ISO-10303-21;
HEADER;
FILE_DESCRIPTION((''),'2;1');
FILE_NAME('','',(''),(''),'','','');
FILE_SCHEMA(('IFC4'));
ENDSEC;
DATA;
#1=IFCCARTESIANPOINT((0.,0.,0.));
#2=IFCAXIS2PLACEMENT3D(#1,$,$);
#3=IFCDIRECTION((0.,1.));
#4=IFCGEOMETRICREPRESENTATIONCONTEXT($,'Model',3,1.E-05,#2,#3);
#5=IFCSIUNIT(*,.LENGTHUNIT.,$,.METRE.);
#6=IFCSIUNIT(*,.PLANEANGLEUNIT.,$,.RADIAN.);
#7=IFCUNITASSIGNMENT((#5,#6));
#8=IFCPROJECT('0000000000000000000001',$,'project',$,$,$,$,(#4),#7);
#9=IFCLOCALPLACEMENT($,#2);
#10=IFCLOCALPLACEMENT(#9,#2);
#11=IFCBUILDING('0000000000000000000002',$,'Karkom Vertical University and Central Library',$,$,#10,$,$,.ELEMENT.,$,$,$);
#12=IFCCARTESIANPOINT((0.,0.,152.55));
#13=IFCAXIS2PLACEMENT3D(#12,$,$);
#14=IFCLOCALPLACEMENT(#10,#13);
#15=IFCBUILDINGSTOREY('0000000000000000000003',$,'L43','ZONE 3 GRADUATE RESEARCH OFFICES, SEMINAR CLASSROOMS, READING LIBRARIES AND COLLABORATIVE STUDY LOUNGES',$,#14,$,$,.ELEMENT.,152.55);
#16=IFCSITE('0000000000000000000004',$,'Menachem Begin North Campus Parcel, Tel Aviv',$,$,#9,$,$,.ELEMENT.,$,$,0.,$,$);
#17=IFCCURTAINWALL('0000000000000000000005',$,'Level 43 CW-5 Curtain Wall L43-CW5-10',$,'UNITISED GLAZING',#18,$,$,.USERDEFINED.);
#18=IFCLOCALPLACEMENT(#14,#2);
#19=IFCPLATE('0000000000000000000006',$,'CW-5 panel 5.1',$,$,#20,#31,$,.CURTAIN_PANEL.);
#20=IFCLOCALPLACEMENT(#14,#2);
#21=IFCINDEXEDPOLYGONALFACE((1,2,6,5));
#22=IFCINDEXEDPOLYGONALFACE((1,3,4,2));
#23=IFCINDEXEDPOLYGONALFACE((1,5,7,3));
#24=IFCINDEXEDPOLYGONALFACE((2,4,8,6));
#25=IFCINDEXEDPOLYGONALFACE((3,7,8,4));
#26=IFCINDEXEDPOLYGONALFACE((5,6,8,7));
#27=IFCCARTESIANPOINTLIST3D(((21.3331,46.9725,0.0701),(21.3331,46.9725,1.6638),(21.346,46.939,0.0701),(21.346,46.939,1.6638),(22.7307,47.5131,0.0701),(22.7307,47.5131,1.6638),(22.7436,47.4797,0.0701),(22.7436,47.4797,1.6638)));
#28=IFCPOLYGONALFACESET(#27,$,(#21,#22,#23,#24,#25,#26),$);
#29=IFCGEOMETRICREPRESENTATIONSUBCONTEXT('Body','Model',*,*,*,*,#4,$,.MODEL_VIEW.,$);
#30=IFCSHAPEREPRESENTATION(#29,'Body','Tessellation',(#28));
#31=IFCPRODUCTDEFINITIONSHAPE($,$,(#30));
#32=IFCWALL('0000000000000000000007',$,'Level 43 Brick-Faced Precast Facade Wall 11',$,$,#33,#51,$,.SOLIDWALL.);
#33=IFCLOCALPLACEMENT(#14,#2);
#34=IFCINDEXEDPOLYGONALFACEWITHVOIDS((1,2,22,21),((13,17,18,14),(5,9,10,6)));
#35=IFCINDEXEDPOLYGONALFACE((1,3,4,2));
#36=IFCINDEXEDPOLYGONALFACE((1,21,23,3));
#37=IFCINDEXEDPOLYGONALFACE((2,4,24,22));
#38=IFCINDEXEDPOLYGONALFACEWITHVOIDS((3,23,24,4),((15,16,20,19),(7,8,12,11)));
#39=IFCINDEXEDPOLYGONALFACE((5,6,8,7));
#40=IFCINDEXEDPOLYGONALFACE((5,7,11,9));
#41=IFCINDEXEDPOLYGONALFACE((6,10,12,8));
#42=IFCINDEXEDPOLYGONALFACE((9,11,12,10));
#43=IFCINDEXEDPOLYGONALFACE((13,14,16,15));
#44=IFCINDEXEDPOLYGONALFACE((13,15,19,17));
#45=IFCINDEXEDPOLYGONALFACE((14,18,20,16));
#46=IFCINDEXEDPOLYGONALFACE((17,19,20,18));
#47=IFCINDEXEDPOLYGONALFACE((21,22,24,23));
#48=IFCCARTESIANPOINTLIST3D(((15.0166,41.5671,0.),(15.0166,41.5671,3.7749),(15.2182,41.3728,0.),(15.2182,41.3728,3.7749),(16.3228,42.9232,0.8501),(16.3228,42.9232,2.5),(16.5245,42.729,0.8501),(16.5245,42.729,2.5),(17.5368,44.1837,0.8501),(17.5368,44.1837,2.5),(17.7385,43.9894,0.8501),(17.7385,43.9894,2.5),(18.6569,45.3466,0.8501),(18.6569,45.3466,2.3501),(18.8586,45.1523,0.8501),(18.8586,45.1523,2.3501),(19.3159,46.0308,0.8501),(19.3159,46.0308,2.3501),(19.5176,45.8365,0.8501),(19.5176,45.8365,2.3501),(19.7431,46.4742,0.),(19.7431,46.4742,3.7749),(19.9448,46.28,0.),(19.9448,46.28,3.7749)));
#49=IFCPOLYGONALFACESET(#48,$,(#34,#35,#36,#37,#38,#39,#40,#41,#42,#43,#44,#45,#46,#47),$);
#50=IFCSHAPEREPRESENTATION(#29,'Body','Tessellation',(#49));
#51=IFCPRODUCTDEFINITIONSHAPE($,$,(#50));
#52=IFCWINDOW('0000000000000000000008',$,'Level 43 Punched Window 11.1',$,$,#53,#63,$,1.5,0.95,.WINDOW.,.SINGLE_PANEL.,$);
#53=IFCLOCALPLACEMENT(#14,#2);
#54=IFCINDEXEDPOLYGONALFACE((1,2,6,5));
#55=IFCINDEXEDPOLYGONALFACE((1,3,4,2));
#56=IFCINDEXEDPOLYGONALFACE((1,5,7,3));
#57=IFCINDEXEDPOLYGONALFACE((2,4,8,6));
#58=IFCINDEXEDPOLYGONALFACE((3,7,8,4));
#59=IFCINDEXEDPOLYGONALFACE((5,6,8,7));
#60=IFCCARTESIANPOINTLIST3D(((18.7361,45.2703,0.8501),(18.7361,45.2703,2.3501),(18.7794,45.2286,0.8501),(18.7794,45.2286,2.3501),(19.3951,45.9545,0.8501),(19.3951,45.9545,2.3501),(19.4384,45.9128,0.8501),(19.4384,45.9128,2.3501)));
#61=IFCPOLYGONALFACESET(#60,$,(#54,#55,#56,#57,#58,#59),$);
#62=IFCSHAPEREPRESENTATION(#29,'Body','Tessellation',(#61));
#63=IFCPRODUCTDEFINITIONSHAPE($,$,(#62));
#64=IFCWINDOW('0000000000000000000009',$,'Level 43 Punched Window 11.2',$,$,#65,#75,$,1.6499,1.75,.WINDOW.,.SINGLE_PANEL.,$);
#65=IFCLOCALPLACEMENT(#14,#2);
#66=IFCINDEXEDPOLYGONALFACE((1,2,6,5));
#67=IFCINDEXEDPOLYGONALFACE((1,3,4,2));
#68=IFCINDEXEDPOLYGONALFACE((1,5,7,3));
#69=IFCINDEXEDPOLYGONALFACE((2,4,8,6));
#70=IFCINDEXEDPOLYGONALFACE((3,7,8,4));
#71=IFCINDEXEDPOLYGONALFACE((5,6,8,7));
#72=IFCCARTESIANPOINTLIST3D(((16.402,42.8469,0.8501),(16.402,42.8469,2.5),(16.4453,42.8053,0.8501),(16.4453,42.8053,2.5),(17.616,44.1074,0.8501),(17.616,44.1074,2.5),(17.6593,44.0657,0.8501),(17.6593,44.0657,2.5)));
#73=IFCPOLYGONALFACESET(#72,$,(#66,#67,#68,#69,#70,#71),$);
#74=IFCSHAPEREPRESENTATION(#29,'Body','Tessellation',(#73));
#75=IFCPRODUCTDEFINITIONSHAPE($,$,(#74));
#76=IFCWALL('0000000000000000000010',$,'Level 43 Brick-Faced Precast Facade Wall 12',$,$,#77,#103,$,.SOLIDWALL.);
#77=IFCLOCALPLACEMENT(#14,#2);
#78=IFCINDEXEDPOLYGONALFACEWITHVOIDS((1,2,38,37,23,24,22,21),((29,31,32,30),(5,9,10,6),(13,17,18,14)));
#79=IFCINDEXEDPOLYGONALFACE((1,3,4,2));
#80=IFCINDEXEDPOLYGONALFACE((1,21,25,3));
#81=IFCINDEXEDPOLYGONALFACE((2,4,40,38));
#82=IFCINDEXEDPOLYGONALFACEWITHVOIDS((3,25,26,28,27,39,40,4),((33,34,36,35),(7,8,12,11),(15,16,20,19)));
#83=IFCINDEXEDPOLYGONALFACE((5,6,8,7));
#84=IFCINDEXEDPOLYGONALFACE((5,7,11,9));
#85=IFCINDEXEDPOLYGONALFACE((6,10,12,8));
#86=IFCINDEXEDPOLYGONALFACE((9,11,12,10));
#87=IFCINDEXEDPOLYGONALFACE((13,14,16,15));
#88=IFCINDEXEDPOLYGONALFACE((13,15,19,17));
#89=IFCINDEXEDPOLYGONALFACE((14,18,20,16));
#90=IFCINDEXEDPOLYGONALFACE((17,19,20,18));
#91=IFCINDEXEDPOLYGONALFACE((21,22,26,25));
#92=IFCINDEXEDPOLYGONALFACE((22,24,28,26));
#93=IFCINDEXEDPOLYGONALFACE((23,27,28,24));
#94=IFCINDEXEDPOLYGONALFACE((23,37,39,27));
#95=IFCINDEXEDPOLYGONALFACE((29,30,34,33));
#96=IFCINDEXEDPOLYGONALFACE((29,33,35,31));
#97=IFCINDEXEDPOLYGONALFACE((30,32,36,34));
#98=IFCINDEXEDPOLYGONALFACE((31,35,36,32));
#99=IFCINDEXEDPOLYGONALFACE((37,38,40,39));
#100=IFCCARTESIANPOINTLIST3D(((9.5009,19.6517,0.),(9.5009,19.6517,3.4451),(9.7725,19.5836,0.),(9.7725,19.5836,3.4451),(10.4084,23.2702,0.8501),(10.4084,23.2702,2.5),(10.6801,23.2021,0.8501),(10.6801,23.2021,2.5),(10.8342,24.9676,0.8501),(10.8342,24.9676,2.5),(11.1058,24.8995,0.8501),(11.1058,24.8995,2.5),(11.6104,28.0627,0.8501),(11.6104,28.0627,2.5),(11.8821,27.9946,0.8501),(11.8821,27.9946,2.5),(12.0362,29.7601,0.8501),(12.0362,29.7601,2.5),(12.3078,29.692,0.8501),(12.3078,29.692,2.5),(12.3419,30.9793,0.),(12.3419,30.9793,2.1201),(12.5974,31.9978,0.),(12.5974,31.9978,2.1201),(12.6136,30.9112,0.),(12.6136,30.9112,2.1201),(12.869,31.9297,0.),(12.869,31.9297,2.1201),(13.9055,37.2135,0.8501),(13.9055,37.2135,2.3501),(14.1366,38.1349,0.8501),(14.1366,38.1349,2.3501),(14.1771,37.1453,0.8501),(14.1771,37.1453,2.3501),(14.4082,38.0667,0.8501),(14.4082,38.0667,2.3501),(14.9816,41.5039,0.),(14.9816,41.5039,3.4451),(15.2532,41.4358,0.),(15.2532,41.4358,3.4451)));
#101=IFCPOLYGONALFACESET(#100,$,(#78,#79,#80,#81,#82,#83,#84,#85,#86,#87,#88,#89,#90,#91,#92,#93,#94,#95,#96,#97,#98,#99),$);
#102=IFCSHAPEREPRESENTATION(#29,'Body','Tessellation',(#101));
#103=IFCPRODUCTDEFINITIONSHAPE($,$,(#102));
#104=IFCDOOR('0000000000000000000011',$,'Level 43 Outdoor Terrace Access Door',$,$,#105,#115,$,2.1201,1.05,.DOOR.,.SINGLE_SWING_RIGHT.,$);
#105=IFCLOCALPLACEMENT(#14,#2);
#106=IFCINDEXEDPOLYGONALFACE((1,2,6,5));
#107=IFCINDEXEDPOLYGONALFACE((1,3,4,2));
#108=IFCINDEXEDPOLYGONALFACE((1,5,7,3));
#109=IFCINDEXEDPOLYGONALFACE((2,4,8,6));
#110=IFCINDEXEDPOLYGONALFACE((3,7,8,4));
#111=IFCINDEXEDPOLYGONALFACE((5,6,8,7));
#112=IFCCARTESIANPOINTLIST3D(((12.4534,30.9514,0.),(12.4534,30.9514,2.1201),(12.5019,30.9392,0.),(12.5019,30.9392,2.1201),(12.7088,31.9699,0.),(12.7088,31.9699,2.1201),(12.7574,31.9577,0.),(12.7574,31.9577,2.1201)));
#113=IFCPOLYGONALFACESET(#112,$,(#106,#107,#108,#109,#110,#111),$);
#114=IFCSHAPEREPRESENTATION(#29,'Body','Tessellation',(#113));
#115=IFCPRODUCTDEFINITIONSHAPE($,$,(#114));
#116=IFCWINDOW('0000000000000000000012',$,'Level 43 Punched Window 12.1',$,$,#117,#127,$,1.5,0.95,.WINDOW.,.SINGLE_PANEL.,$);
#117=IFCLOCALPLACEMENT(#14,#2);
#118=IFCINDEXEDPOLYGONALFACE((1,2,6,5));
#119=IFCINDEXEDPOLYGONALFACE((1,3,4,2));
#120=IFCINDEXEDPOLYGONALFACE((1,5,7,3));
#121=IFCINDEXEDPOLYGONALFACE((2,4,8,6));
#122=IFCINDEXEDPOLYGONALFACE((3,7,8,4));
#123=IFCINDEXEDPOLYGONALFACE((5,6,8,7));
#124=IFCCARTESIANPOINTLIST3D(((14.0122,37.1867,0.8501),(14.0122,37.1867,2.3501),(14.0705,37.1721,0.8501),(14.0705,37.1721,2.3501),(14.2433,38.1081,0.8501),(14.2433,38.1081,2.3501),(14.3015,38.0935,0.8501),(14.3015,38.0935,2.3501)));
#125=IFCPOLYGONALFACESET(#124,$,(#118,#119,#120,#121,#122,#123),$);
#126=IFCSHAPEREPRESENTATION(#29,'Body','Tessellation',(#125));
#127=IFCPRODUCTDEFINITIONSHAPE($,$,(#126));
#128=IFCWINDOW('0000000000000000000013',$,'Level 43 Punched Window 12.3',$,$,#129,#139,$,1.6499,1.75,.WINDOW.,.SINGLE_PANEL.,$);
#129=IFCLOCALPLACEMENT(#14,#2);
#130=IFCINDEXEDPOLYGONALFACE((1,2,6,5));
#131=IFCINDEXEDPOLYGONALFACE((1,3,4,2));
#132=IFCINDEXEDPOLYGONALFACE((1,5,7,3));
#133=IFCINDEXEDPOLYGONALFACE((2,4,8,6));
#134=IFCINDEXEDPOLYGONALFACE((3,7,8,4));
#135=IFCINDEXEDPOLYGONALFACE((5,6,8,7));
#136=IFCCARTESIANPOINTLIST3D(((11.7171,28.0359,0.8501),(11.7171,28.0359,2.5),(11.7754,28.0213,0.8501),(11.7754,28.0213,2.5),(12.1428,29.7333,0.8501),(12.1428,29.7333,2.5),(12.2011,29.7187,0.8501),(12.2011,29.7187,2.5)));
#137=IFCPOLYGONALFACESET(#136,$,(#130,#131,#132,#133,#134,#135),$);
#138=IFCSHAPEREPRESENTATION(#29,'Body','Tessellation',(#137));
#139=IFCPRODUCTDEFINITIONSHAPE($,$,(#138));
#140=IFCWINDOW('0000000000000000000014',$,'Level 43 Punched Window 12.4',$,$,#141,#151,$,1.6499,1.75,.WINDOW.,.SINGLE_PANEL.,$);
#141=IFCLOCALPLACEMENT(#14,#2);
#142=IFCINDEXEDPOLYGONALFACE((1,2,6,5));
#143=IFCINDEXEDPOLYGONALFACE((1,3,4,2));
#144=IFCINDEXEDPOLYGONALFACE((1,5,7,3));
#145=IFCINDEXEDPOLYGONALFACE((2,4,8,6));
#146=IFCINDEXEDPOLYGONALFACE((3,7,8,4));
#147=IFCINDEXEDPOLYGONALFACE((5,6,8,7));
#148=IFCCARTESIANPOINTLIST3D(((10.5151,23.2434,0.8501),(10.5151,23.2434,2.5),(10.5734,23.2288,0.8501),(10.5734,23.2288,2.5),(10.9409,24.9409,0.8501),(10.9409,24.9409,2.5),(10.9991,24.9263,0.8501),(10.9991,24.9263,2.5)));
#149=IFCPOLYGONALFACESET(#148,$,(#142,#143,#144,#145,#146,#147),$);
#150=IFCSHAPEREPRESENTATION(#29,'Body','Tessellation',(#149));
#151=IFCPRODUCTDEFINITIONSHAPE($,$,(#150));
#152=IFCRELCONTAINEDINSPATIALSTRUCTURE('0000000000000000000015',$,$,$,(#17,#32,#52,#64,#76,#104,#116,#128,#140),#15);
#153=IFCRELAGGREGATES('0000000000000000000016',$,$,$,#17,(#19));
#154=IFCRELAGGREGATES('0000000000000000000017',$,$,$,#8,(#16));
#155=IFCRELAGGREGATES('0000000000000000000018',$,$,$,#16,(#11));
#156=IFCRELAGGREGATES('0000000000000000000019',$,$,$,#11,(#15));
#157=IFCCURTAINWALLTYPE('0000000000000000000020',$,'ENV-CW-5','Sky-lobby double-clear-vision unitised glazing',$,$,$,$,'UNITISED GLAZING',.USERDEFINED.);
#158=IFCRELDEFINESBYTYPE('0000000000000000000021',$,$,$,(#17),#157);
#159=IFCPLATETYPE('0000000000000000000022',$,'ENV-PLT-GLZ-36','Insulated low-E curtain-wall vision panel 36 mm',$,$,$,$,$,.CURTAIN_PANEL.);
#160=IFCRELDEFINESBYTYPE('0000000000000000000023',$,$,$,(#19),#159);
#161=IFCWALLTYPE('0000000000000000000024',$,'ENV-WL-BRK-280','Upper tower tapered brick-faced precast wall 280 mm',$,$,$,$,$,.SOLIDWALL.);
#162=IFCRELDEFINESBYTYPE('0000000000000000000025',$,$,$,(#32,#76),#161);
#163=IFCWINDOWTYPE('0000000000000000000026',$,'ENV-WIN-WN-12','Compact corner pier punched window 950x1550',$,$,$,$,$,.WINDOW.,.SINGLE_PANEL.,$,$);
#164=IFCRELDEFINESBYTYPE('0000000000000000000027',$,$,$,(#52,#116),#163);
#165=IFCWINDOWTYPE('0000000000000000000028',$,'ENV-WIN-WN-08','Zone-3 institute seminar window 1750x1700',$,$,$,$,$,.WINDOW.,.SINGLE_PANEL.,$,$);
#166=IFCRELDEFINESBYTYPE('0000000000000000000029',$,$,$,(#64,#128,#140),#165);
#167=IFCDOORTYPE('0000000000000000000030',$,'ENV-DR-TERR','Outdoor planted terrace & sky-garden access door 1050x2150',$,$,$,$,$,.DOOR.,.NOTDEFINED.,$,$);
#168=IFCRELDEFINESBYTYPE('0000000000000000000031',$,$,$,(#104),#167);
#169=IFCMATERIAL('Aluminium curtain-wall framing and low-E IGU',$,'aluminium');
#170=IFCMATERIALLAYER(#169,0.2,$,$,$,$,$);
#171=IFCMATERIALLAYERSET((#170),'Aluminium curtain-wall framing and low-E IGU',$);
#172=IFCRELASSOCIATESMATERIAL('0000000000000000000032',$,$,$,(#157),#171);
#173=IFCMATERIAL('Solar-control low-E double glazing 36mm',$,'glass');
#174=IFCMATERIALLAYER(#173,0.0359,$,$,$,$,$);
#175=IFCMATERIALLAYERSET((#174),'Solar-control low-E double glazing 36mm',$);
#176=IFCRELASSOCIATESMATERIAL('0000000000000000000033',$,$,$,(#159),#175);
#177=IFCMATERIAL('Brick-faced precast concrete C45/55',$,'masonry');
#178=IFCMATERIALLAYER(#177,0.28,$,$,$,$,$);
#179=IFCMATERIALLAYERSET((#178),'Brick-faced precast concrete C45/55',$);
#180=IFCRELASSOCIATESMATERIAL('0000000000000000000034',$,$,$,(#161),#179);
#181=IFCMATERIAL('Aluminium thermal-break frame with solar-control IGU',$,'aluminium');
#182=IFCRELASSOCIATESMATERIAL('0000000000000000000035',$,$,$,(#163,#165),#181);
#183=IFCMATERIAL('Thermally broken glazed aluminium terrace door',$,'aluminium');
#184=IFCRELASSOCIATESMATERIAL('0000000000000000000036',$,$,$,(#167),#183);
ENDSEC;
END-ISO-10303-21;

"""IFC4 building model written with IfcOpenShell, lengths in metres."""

from ifc_helpers import new_model, si_unit, direction, frame, frame_2d, origin, origin_with_axes, origin_2d, place, context, subcontext, project, spatial, rectangle, extrude, source, transform, mapped, material, layer, layer_set, type_object, element, fill, aggregate, save


model = new_model("IFC4")

# Units and contexts
model_context = context("Model", 3, precision=1e-05, world=origin(), true_north=direction((0.0, 1.0)))
body_context = subcontext(model_context, "Body", "Model", "MODEL_VIEW")
ifc_project = project(units=[si_unit("LENGTHUNIT", "METRE"), si_unit("PLANEANGLEUNIT", "RADIAN")], contexts=[model_context])

# Site, building, storey
site_placement = place(None, origin())
site = spatial("IfcSite", under=ifc_project, at=site_placement, Name="Menachem Begin North Campus Parcel, Tel Aviv", CompositionType="ELEMENT", RefElevation=0.0)
building_placement = place(site_placement, origin())
building = spatial("IfcBuilding", under=site, at=building_placement, Name="Karkom Vertical University and Central Library", CompositionType="ELEMENT")
storey_placement = place(building_placement, frame((0.0, 0.0, 152.55)))
storey = spatial("IfcBuildingStorey", under=building, at=storey_placement, Name="L43", Description="ZONE 3 GRADUATE RESEARCH OFFICES, SEMINAR CLASSROOMS, READING LIBRARIES AND COLLABORATIVE STUDY LOUNGES", CompositionType="ELEMENT", Elevation=152.55)

# Curtain wall
ifc_material_1 = material(Name="Aluminium curtain-wall framing and low-E IGU", Category="aluminium")
ifc_layer_1 = layer(ifc_material_1, 0.2)
ifc_layer_set_1 = layer_set([ifc_layer_1], Name="Aluminium curtain-wall framing and low-E IGU")
curtain_wall_type = type_object("IfcCurtainWallType", Name="ENV-CW-5", Description="Sky-lobby double-clear-vision unitised glazing", ElementType="UNITISED GLAZING", PredefinedType="USERDEFINED", material=ifc_layer_set_1)
curtain_wall_placement = place(storey_placement, origin())
curtain_wall = element("IfcCurtainWall", 1, at=curtain_wall_placement, inside=storey, type_object=curtain_wall_type, Name="Level 43 CW-5 Curtain Wall L43-CW5-10", ObjectType="UNITISED GLAZING", PredefinedType="USERDEFINED")

# Plate
ifc_material_2 = material(Name="Solar-control low-E double glazing 36mm", Category="glass")
ifc_layer_2 = layer(ifc_material_2, 0.0359)
ifc_layer_set_2 = layer_set([ifc_layer_2], Name="Solar-control low-E double glazing 36mm")
plate_type_1 = type_object("IfcPlateType", Name="ENV-PLT-GLZ-36", Description="Insulated low-E curtain-wall vision panel 36 mm", PredefinedType="CURTAIN_PANEL", material=ifc_layer_set_2)
shared_shape_1 = source(origin_with_axes(), body_context, "Body", "SweptSolid", [
    extrude(rectangle(XDim=1.4985, YDim=0.0359, at=origin_2d()), origin(), (0.0, 0.0, 1.0), 1.5938),
])
plate_1_placement = place(storey_placement, frame((22.0383, 47.2261, 0.0701), z_axis=(0.0, 0.0, 1.0), x_axis=(-0.932644, -0.360798, 0.0)))
plate_1 = element("IfcPlate", 2, at=plate_1_placement, type_object=plate_type_1, Name="CW-5 panel 5.1", PredefinedType="CURTAIN_PANEL", context=body_context, shape_type="MappedRepresentation", body=[
    mapped(shared_shape_1, transform((0.0, 0.0, 0.0), scale=1.0)),
])
aggregate(curtain_wall, [plate_1])

# Wall, openings, windows
ifc_material_3 = material(Name="Brick-faced precast concrete C45/55", Category="masonry")
ifc_layer_3 = layer(ifc_material_3, 0.28)
ifc_layer_set_3 = layer_set([ifc_layer_3], Name="Brick-faced precast concrete C45/55")
wall_type = type_object("IfcWallType", Name="ENV-WL-BRK-280", Description="Upper tower tapered brick-faced precast wall 280 mm", PredefinedType="SOLIDWALL", material=ifc_layer_set_3)
wall_1_placement = place(storey_placement, frame((19.844, 46.3772, 0.0), z_axis=(0.0, 0.0, 1.0), x_axis=(-0.693724, -0.720241, 0.0)))
wall_1 = element("IfcWall", 3, at=wall_1_placement, inside=storey, type_object=wall_type, Name="Level 43 Brick-Faced Precast Facade Wall 11", PredefinedType="SOLIDWALL", context=body_context, shape_type="SweptSolid", body=[
    extrude(rectangle(XDim=6.8132, YDim=0.28, at=frame_2d((3.4067, 0.0))), origin(), (0.0, 0.0, 1.0), 3.7749),
])
opening_1_placement = place(wall_1_placement, frame((0.6157, 0.0, 0.8501)))
opening_1 = element("IfcOpeningElement", 4, at=opening_1_placement, cuts=wall_1, PredefinedType="OPENING", context=body_context, shape_type="SweptSolid", body=[
    extrude(rectangle(XDim=0.95, YDim=1.5, at=frame_2d((0.4751, 0.75))), frame((0.0, 0.1499, 0.0), z_axis=(0.0, -1.0, 0.0), x_axis=(1.0, 0.0, 0.0)), (0.0, 0.0, 1.0), 0.3),
])
opening_2_placement = place(wall_1_placement, frame((3.1804, 0.0, 0.8501)))
opening_2 = element("IfcOpeningElement", 5, at=opening_2_placement, cuts=wall_1, PredefinedType="OPENING", context=body_context, shape_type="SweptSolid", body=[
    extrude(rectangle(XDim=1.75, YDim=1.6499, at=frame_2d((0.875, 0.825))), frame((0.0, 0.1499, 0.0), z_axis=(0.0, -1.0, 0.0), x_axis=(1.0, 0.0, 0.0)), (0.0, 0.0, 1.0), 0.3),
])
ifc_material_4 = material(Name="Aluminium thermal-break frame with solar-control IGU", Category="aluminium")
window_type_1 = type_object("IfcWindowType", Name="ENV-WIN-WN-12", Description="Compact corner pier punched window 950x1550", PartitioningType="SINGLE_PANEL", PredefinedType="WINDOW", material=ifc_material_4)
shared_shape_2 = source(origin_with_axes(), body_context, "Body", "SweptSolid", [
    extrude(rectangle(XDim=0.95, YDim=1.5, at=frame_2d((0.4751, 0.75))), frame((0.0, 0.03, 0.0), z_axis=(0.0, -1.0, 0.0), x_axis=(1.0, 0.0, 0.0)), (0.0, 0.0, 1.0), 0.0601),
])
window_1_placement = place(opening_1_placement, origin())
window_1 = element("IfcWindow", 6, at=window_1_placement, inside=storey, type_object=window_type_1, Name="Level 43 Punched Window 11.1", OverallHeight=1.5, OverallWidth=0.95, PartitioningType="SINGLE_PANEL", PredefinedType="WINDOW", context=body_context, shape_type="MappedRepresentation", body=[
    mapped(shared_shape_2, transform((0.0, 0.0, 0.0), scale=1.0)),
])
fill(opening_1, window_1)
window_type_2 = type_object("IfcWindowType", Name="ENV-WIN-WN-08", Description="Zone-3 institute seminar window 1750x1700", PartitioningType="SINGLE_PANEL", PredefinedType="WINDOW", material=ifc_material_4)
shared_shape_3 = source(origin_with_axes(), body_context, "Body", "SweptSolid", [
    extrude(rectangle(XDim=1.75, YDim=1.6499, at=frame_2d((0.875, 0.825))), frame((0.0, 0.03, 0.0), z_axis=(0.0, -1.0, 0.0), x_axis=(1.0, 0.0, 0.0)), (0.0, 0.0, 1.0), 0.0601),
])
window_2_placement = place(opening_2_placement, origin())
window_2 = element("IfcWindow", 7, at=window_2_placement, inside=storey, type_object=window_type_2, Name="Level 43 Punched Window 11.2", OverallHeight=1.6499, OverallWidth=1.75, PartitioningType="SINGLE_PANEL", PredefinedType="WINDOW", context=body_context, shape_type="MappedRepresentation", body=[
    mapped(shared_shape_3, transform((0.0, 0.0, 0.0), scale=1.0)),
])
fill(opening_2, window_2)

# Wall, openings, door, windows
wall_2_placement = place(storey_placement, frame((15.1174, 41.47, 0.0), z_axis=(0.0, 0.0, 1.0), x_axis=(-0.243272, -0.969958, 0.0)))
wall_2 = element("IfcWall", 8, at=wall_2_placement, inside=storey, type_object=wall_type, Name="Level 43 Brick-Faced Precast Facade Wall 12", PredefinedType="SOLIDWALL", context=body_context, shape_type="SweptSolid", body=[
    extrude(rectangle(XDim=22.5291, YDim=0.28, at=frame_2d((11.2646, 0.0))), origin(), (0.0, 0.0, 1.0), 3.4451),
])
opening_3_placement = place(wall_2_placement, frame((3.4734, 0.0, 0.8501)))
opening_3 = element("IfcOpeningElement", 9, at=opening_3_placement, cuts=wall_2, PredefinedType="OPENING", context=body_context, shape_type="SweptSolid", body=[
    extrude(rectangle(XDim=0.95, YDim=1.5, at=frame_2d((0.4751, 0.75))), frame((0.0, 0.1499, 0.0), z_axis=(0.0, -1.0, 0.0), x_axis=(1.0, 0.0, 0.0)), (0.0, 0.0, 1.0), 0.3),
])
opening_4_placement = place(wall_2_placement, frame((12.1077, 0.0, 0.8501)))
opening_4 = element("IfcOpeningElement", 10, at=opening_4_placement, cuts=wall_2, PredefinedType="OPENING", context=body_context, shape_type="SweptSolid", body=[
    extrude(rectangle(XDim=1.75, YDim=1.6499, at=frame_2d((0.875, 0.825))), frame((0.0, 0.1499, 0.0), z_axis=(0.0, -1.0, 0.0), x_axis=(1.0, 0.0, 0.0)), (0.0, 0.0, 1.0), 0.3),
])
opening_5_placement = place(wall_2_placement, frame((17.0486, 0.0, 0.8501)))
opening_5 = element("IfcOpeningElement", 11, at=opening_5_placement, cuts=wall_2, PredefinedType="OPENING", context=body_context, shape_type="SweptSolid", body=[
    extrude(rectangle(XDim=1.75, YDim=1.6499, at=frame_2d((0.875, 0.825))), frame((0.0, 0.1499, 0.0), z_axis=(0.0, -1.0, 0.0), x_axis=(1.0, 0.0, 0.0)), (0.0, 0.0, 1.0), 0.3),
])
opening_6_placement = place(wall_2_placement, frame((9.8008, 0.0, 0.0)))
opening_6 = element("IfcOpeningElement", 12, at=opening_6_placement, cuts=wall_2, PredefinedType="OPENING", context=body_context, shape_type="SweptSolid", body=[
    extrude(rectangle(XDim=1.05, YDim=2.1201, at=frame_2d((0.5249, 1.0601))), frame((0.0, 0.1499, 0.0), z_axis=(0.0, -1.0, 0.0), x_axis=(1.0, 0.0, 0.0)), (0.0, 0.0, 1.0), 0.3),
])
ifc_material_5 = material(Name="Thermally broken glazed aluminium terrace door", Category="aluminium")
door_type = type_object("IfcDoorType", Name="ENV-DR-TERR", Description="Outdoor planted terrace & sky-garden access door 1050x2150", OperationType="NOTDEFINED", PredefinedType="DOOR", material=ifc_material_5)
shared_shape_4 = source(origin_with_axes(), body_context, "Body", "SweptSolid", [
    extrude(rectangle(XDim=1.05, YDim=2.1201, at=frame_2d((0.5249, 1.0601))), frame((0.0, 0.0249, 0.0), z_axis=(0.0, -1.0, 0.0), x_axis=(1.0, 0.0, 0.0)), (0.0, 0.0, 1.0), 0.05),
])
door_placement = place(opening_6_placement, origin())
door = element("IfcDoor", 13, at=door_placement, inside=storey, type_object=door_type, Name="Level 43 Outdoor Terrace Access Door", OperationType="SINGLE_SWING_RIGHT", OverallHeight=2.1201, OverallWidth=1.05, PredefinedType="DOOR", context=body_context, shape_type="MappedRepresentation", body=[
    mapped(shared_shape_4, transform((0.0, 0.0, 0.0), scale=1.0)),
])
fill(opening_6, door)
window_3_placement = place(opening_3_placement, origin())
window_3 = element("IfcWindow", 14, at=window_3_placement, inside=storey, type_object=window_type_1, Name="Level 43 Punched Window 12.1", OverallHeight=1.5, OverallWidth=0.95, PartitioningType="SINGLE_PANEL", PredefinedType="WINDOW", context=body_context, shape_type="MappedRepresentation", body=[
    mapped(shared_shape_2, transform((0.0, 0.0, 0.0), scale=1.0)),
])
fill(opening_3, window_3)
window_4_placement = place(opening_4_placement, origin())
window_4 = element("IfcWindow", 15, at=window_4_placement, inside=storey, type_object=window_type_2, Name="Level 43 Punched Window 12.3", OverallHeight=1.6499, OverallWidth=1.75, PartitioningType="SINGLE_PANEL", PredefinedType="WINDOW", context=body_context, shape_type="MappedRepresentation", body=[
    mapped(shared_shape_3, transform((0.0, 0.0, 0.0), scale=1.0)),
])
fill(opening_4, window_4)
window_5_placement = place(opening_5_placement, origin())
window_5 = element("IfcWindow", 16, at=window_5_placement, inside=storey, type_object=window_type_2, Name="Level 43 Punched Window 12.4", OverallHeight=1.6499, OverallWidth=1.75, PartitioningType="SINGLE_PANEL", PredefinedType="WINDOW", context=body_context, shape_type="MappedRepresentation", body=[
    mapped(shared_shape_3, transform((0.0, 0.0, 0.0), scale=1.0)),
])
fill(opening_5, window_5)

save(model, "model.ifc")
